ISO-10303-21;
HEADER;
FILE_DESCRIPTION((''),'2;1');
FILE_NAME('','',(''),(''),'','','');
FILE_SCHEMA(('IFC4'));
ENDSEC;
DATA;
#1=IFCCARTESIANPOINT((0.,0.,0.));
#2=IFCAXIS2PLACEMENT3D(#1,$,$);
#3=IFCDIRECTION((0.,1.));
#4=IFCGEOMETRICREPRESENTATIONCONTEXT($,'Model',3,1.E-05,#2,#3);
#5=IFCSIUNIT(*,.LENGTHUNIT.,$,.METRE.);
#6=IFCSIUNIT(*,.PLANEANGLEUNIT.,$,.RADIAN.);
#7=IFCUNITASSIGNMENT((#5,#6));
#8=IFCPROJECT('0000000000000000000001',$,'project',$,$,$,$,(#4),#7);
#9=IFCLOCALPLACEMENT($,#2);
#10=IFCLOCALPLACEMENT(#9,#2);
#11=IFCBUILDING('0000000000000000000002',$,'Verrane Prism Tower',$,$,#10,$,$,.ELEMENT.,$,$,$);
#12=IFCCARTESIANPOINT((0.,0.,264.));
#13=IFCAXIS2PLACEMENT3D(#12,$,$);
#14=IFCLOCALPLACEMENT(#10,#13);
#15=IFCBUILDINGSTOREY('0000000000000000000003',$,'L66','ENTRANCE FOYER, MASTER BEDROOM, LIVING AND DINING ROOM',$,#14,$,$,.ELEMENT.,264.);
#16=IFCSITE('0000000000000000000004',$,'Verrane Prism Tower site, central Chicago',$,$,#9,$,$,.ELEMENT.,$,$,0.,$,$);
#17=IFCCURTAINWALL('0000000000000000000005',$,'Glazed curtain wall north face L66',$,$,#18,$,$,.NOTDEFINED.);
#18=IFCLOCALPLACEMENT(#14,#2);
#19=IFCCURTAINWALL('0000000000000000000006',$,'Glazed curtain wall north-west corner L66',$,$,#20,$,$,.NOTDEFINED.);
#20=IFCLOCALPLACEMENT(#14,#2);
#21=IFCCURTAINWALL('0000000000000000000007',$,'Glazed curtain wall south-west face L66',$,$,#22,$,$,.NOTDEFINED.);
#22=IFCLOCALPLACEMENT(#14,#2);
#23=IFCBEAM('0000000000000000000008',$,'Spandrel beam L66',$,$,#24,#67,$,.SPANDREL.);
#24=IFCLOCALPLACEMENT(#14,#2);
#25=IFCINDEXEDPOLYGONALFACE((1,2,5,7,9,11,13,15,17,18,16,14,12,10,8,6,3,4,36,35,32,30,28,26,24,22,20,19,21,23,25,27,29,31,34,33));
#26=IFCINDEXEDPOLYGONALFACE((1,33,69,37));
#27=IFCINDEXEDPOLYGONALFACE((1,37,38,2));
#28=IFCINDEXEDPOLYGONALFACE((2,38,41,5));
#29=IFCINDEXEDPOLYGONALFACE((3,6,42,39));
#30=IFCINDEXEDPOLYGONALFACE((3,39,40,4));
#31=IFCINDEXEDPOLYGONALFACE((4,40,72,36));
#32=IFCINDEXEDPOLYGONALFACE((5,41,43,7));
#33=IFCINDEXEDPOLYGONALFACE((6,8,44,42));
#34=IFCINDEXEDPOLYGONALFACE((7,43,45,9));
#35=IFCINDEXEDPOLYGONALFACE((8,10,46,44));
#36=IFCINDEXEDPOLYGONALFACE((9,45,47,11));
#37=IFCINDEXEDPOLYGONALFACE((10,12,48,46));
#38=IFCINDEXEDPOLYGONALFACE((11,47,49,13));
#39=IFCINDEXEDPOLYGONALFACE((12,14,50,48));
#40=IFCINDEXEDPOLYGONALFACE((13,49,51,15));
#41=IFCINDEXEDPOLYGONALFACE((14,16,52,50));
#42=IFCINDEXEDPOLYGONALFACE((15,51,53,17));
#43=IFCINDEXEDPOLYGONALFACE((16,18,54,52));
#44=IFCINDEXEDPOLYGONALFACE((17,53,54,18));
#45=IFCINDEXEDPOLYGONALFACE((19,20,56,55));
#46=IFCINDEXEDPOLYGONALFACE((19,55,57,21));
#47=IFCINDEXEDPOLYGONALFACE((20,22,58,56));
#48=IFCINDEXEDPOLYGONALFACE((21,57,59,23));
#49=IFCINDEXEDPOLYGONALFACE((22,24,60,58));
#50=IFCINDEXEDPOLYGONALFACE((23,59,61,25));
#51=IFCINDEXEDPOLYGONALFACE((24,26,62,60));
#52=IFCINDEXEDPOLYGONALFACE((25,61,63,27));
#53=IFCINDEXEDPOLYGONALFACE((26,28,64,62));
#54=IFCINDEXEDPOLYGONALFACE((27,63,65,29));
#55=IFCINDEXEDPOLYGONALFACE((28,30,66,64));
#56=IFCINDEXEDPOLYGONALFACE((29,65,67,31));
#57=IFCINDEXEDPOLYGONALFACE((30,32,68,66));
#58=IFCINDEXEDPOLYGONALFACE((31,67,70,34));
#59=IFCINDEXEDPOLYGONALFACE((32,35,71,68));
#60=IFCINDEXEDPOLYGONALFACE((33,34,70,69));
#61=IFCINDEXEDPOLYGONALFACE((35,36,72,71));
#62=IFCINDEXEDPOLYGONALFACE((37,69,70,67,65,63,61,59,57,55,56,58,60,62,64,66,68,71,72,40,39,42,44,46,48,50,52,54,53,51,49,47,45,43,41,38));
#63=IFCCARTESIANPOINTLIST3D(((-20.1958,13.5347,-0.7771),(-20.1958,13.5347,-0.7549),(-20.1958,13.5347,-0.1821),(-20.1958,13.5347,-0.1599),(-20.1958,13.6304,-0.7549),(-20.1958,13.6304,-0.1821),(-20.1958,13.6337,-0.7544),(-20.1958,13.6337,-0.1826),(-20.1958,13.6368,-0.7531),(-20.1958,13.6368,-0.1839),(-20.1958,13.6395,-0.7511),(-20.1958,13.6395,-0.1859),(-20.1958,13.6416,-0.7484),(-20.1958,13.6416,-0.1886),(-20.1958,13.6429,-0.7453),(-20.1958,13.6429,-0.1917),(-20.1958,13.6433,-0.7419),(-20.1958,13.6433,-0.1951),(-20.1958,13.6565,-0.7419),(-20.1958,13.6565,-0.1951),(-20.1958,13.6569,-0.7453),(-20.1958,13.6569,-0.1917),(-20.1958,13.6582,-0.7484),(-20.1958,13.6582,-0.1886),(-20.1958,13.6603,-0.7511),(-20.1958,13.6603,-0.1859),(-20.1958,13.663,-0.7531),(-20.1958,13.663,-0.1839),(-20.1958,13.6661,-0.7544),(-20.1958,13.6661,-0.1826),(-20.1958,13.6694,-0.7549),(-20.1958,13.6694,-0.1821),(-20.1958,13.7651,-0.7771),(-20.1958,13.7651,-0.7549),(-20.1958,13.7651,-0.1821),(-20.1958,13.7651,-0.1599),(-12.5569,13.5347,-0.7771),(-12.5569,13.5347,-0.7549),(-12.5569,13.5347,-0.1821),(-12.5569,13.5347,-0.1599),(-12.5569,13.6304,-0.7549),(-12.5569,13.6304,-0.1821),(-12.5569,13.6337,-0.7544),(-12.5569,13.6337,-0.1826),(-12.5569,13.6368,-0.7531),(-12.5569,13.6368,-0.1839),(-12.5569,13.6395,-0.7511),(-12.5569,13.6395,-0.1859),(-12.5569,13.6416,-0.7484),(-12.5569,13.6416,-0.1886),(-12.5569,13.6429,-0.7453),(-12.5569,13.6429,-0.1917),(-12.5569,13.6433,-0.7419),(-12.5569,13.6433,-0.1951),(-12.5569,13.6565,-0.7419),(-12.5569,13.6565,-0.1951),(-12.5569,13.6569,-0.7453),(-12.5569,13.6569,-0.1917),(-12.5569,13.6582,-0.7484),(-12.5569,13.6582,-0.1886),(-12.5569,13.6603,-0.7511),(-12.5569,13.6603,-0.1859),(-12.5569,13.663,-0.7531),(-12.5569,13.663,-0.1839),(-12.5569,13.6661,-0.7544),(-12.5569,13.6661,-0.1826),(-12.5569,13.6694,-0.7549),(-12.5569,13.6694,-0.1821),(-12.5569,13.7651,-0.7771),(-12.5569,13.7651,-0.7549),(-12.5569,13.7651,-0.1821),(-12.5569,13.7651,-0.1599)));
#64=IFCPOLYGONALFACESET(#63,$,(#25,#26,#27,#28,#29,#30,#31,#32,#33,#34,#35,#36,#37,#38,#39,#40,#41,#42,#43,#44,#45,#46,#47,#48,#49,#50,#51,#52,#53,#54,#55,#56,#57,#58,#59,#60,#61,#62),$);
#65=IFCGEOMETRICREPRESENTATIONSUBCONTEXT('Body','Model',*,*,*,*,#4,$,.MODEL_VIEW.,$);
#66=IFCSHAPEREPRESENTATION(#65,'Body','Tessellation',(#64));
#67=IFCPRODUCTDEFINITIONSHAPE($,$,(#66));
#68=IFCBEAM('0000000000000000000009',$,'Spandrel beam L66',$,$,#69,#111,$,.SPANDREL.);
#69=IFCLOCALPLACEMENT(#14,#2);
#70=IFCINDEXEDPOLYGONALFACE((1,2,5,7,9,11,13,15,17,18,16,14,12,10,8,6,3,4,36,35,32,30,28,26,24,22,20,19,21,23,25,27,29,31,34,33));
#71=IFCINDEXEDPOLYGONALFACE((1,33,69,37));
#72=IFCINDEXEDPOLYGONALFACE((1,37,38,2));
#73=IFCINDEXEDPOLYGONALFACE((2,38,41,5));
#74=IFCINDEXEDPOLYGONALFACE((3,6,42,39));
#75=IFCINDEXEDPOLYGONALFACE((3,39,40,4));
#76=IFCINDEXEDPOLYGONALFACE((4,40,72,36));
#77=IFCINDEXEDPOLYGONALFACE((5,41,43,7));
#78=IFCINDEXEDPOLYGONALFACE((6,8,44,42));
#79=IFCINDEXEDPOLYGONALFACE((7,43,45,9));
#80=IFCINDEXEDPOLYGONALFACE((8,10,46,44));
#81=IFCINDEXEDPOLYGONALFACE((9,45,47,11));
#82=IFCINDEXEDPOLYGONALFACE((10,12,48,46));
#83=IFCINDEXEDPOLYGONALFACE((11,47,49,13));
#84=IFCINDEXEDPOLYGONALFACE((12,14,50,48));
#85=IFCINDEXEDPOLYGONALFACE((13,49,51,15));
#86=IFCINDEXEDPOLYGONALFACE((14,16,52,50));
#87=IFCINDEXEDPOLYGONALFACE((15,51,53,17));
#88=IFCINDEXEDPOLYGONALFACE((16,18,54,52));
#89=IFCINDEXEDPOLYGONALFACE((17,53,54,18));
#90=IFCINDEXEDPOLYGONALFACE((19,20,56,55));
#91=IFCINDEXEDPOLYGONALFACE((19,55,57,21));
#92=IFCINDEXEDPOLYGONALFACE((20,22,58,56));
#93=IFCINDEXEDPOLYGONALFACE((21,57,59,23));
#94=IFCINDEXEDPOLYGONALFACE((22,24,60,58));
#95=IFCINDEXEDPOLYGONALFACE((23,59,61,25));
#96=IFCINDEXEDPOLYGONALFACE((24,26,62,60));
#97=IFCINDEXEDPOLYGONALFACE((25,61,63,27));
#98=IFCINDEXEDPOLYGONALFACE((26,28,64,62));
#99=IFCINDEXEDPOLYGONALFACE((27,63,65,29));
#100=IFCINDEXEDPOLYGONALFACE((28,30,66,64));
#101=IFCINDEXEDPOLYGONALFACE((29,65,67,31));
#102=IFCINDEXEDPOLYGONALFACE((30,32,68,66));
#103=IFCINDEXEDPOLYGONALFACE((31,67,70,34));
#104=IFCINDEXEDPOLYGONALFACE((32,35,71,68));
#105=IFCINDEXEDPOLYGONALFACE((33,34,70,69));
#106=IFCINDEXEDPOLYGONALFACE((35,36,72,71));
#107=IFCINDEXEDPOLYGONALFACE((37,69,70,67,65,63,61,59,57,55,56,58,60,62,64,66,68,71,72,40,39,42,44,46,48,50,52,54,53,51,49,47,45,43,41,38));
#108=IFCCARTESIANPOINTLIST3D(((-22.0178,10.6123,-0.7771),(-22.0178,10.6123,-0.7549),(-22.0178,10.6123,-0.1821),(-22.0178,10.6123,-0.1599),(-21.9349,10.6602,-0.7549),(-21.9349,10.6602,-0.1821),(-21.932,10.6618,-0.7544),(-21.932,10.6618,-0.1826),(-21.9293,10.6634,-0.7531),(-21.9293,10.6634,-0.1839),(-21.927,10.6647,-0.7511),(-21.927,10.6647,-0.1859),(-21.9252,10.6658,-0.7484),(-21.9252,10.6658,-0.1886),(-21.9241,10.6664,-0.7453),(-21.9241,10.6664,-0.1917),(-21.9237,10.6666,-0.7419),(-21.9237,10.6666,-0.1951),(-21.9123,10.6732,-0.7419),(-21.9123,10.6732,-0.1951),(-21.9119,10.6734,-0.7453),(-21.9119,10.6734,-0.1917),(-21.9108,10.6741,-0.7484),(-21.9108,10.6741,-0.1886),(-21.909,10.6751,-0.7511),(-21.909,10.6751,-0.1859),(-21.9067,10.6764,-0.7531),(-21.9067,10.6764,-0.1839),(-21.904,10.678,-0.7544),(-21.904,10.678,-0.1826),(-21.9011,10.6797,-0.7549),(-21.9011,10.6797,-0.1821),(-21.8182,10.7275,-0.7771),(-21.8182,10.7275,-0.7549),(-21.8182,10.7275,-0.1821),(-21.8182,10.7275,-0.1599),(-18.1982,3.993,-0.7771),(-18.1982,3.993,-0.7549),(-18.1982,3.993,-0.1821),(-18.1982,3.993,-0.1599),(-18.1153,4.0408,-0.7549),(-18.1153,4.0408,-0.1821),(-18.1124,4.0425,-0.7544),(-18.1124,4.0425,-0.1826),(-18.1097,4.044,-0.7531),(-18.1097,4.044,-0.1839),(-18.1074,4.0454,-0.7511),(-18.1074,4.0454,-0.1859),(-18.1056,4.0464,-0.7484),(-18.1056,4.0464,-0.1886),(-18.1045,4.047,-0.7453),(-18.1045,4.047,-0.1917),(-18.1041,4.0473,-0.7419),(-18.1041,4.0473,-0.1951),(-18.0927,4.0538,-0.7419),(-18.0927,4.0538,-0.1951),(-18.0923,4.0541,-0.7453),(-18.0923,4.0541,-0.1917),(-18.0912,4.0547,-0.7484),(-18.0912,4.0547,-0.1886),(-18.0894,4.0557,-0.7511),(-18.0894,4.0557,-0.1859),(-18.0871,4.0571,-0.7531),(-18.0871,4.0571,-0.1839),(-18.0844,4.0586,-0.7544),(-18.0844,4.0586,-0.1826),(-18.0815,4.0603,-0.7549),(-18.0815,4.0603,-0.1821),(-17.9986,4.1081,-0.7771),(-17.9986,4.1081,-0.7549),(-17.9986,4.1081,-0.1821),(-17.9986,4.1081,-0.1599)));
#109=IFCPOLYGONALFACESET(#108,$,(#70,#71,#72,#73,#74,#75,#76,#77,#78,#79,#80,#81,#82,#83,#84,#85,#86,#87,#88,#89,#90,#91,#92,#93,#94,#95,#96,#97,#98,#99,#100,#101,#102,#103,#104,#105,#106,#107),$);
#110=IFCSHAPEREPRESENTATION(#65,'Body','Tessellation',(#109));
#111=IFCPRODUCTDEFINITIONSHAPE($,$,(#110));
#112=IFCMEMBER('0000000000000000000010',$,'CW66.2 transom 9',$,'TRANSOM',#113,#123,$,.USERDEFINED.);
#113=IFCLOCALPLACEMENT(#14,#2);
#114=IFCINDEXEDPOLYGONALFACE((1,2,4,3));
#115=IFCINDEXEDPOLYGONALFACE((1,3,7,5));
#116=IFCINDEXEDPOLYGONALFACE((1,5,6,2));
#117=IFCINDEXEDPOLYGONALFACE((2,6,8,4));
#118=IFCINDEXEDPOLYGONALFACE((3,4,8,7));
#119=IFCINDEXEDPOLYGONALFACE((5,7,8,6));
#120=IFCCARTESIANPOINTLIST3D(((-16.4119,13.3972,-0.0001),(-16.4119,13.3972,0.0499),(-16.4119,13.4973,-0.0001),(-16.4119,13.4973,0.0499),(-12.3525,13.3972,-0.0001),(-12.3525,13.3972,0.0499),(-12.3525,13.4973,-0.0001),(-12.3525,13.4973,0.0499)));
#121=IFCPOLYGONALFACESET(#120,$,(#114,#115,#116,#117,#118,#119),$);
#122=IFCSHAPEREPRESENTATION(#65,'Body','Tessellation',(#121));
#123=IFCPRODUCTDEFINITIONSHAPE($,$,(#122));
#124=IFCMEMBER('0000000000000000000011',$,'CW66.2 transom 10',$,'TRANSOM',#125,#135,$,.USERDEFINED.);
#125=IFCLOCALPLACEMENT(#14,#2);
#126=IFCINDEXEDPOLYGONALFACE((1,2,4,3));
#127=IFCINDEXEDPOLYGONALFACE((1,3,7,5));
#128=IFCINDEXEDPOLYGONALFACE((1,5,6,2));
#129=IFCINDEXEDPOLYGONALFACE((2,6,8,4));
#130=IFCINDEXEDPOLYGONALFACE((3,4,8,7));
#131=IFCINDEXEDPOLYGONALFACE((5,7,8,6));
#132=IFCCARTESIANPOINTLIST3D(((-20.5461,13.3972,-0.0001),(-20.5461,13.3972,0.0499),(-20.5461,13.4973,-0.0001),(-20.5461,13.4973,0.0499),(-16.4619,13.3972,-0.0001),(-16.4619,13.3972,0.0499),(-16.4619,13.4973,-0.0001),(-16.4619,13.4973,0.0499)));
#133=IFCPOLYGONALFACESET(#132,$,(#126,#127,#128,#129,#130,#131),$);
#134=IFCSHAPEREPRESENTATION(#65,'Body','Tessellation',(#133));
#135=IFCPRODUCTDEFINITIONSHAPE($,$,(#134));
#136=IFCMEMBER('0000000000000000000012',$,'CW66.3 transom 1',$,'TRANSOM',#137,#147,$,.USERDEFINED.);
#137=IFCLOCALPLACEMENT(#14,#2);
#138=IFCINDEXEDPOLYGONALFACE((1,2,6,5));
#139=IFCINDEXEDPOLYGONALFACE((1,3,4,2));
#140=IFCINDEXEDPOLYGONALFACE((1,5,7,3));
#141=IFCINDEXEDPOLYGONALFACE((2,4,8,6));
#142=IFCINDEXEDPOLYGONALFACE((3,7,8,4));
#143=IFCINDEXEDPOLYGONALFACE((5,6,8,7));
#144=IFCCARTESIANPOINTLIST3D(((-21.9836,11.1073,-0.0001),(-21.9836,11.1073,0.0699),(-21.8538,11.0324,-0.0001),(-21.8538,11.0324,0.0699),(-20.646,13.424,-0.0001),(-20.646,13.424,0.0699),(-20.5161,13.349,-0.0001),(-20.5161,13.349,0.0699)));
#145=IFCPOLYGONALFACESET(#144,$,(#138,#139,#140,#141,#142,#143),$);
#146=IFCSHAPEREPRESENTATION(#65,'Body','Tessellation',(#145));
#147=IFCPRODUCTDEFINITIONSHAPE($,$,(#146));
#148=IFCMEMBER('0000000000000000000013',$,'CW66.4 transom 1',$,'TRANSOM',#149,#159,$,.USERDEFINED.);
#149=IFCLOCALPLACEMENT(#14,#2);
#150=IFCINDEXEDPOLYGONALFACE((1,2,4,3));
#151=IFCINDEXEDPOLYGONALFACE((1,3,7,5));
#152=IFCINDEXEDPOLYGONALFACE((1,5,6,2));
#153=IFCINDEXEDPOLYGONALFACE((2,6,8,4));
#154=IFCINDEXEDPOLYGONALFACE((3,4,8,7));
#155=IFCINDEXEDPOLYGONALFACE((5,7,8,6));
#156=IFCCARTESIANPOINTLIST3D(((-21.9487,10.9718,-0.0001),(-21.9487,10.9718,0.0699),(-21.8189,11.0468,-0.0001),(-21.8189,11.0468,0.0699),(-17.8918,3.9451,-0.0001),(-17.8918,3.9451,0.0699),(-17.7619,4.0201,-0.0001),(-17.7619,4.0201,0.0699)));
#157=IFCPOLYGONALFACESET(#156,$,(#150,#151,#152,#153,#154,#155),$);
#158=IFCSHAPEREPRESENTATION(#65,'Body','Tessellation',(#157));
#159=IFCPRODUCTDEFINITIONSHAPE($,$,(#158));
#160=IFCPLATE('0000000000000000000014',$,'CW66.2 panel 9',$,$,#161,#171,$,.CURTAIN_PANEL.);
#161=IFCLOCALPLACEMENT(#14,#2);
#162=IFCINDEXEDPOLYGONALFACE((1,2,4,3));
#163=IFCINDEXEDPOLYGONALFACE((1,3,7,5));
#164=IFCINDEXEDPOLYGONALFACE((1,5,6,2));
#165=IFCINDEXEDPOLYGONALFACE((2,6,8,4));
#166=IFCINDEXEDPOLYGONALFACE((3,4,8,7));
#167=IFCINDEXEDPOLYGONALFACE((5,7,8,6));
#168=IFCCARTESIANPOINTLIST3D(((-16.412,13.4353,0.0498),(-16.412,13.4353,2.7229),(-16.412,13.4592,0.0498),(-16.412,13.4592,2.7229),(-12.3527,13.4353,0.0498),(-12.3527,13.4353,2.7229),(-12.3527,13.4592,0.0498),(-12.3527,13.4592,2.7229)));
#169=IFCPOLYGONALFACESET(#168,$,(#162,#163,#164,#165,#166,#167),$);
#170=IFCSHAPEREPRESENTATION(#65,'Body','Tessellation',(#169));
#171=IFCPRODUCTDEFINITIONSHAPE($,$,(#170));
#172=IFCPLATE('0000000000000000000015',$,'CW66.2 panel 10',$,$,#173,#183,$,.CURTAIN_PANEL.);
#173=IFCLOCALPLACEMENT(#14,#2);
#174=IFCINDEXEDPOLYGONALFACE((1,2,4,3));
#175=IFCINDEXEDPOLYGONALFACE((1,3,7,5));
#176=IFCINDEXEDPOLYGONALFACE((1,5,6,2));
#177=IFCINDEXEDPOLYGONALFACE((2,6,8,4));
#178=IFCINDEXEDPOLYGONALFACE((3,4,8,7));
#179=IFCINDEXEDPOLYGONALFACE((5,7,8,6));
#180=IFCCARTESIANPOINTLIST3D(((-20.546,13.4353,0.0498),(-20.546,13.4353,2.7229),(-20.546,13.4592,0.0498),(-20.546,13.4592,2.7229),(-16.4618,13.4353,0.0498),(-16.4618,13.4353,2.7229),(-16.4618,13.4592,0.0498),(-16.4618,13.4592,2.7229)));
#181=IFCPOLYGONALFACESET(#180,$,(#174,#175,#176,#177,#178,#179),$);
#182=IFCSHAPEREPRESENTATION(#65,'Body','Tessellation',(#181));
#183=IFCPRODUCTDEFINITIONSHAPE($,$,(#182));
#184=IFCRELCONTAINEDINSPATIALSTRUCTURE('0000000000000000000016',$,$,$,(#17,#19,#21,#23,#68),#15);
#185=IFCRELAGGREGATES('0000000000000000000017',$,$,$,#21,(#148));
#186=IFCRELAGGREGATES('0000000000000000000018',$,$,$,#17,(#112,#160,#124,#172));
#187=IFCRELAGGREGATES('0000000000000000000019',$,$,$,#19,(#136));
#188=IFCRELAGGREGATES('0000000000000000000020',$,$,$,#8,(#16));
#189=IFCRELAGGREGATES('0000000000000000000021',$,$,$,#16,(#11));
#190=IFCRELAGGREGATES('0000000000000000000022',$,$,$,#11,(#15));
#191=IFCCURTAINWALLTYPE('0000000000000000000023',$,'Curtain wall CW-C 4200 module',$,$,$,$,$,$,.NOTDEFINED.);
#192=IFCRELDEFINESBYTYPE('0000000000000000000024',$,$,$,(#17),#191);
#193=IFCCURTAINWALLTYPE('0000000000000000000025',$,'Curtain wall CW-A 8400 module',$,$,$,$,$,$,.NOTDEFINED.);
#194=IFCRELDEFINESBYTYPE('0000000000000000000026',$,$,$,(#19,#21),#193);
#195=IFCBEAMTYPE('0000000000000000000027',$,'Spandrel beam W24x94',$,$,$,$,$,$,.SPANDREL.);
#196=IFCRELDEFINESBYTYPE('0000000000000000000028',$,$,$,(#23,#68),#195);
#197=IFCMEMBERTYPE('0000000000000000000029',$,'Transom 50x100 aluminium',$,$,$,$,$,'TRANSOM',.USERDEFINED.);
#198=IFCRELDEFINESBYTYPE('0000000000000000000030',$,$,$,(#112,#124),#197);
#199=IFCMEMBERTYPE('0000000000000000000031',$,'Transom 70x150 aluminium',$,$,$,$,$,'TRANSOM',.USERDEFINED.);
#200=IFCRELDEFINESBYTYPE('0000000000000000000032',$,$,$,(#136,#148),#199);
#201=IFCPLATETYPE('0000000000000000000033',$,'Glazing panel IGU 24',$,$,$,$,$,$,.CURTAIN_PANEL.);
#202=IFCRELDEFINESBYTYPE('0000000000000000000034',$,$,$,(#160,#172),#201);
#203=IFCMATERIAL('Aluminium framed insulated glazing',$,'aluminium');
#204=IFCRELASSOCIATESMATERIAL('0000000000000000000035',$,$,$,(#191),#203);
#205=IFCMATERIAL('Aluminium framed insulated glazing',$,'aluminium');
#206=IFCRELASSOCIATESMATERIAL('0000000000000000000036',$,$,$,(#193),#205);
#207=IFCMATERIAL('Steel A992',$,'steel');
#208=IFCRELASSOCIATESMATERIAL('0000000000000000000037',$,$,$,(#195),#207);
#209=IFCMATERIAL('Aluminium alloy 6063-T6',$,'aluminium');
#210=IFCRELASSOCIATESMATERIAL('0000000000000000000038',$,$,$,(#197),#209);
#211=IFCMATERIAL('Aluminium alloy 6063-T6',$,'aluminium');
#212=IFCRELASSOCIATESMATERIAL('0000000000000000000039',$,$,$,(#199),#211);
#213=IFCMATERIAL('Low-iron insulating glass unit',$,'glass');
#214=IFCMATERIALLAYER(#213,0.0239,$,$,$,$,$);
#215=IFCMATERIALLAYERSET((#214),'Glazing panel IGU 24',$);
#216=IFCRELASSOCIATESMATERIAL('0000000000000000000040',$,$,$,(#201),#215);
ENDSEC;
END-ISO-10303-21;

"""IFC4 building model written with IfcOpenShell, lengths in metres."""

from ifc_helpers import new_model, si_unit, direction, frame, origin, origin_2d, place, context, subcontext, project, spatial, rectangle, i_section, extrude, material, layer, layer_set, material_profile, profile_set, type_object, element, aggregate, save


model = new_model("IFC4")

# Units and contexts
model_context = context("Model", 3, precision=1e-05, world=origin(), true_north=direction((0.0, 1.0)))
body_context = subcontext(model_context, "Body", "Model", "MODEL_VIEW")
ifc_project = project(units=[si_unit("LENGTHUNIT", "METRE"), si_unit("PLANEANGLEUNIT", "RADIAN")], contexts=[model_context])

# Site, building, storey
site_placement = place(None, origin())
site = spatial("IfcSite", under=ifc_project, at=site_placement, Name="Verrane Prism Tower site, central Chicago", CompositionType="ELEMENT", RefElevation=0.0)
building_placement = place(site_placement, origin())
building = spatial("IfcBuilding", under=site, at=building_placement, Name="Verrane Prism Tower", CompositionType="ELEMENT")
storey_placement = place(building_placement, frame((0.0, 0.0, 264.0)))
storey = spatial("IfcBuildingStorey", under=building, at=storey_placement, Name="L66", Description="ENTRANCE FOYER, MASTER BEDROOM, LIVING AND DINING ROOM", CompositionType="ELEMENT", Elevation=264.0)

# Curtain wall
ifc_material_1 = material(Name="Aluminium framed insulated glazing", Category="aluminium")
curtain_wall_type_1 = type_object("IfcCurtainWallType", Name="Curtain wall CW-C 4200 module", PredefinedType="NOTDEFINED", material=ifc_material_1)
curtain_wall_1_placement = place(storey_placement, origin())
curtain_wall_1 = element("IfcCurtainWall", 1, at=curtain_wall_1_placement, inside=storey, type_object=curtain_wall_type_1, Name="Glazed curtain wall north face L66", PredefinedType="NOTDEFINED")

# Curtain walls
ifc_material_2 = material(Name="Aluminium framed insulated glazing", Category="aluminium")
curtain_wall_type_2 = type_object("IfcCurtainWallType", Name="Curtain wall CW-A 8400 module", PredefinedType="NOTDEFINED", material=ifc_material_2)
curtain_wall_2_placement = place(storey_placement, origin())
curtain_wall_2 = element("IfcCurtainWall", 2, at=curtain_wall_2_placement, inside=storey, type_object=curtain_wall_type_2, Name="Glazed curtain wall north-west corner L66", PredefinedType="NOTDEFINED")
curtain_wall_3_placement = place(storey_placement, origin())
curtain_wall_3 = element("IfcCurtainWall", 3, at=curtain_wall_3_placement, inside=storey, type_object=curtain_wall_type_2, Name="Glazed curtain wall south-west face L66", PredefinedType="NOTDEFINED")

# Beams
ifc_material_3 = material(Name="Steel A992", Category="steel")
ifc_material_profile_1 = material_profile(ifc_material_3, i_section(OverallWidth=0.2305, OverallDepth=0.6172, WebThickness=0.0132, FlangeThickness=0.0222, FilletRadius=0.0129, at=origin_2d()), Name="W24x94")
ifc_profile_set_1 = profile_set([ifc_material_profile_1], Name="Steel A992")
beam_type_1 = type_object("IfcBeamType", Name="Spandrel beam W24x94", PredefinedType="SPANDREL", material=ifc_profile_set_1)
beam_1_placement = place(storey_placement, frame((-12.5569, 13.6499, -0.4685), z_axis=(-1.0, 0.0, 0.0), x_axis=(0.0, -1.0, 0.0)))
element("IfcBeam", 4, at=beam_1_placement, inside=storey, type_object=beam_type_1, Name="Spandrel beam L66", PredefinedType="SPANDREL", context=body_context, shape_type="SweptSolid", body=[
    extrude(i_section(OverallWidth=0.2305, OverallDepth=0.6172, WebThickness=0.0132, FlangeThickness=0.0222, FilletRadius=0.0129, at=origin_2d()), origin(), (0.0, 0.0, 1.0), 7.6389),
])
beam_2_placement = place(storey_placement, frame((-21.918, 10.6699, -0.4685), z_axis=(0.499792, -0.866146, 0.0), x_axis=(0.866146, 0.499792, 0.0)))
element("IfcBeam", 5, at=beam_2_placement, inside=storey, type_object=beam_type_1, Name="Spandrel beam L66", PredefinedType="SPANDREL", context=body_context, shape_type="SweptSolid", body=[
    extrude(i_section(OverallWidth=0.2305, OverallDepth=0.6172, WebThickness=0.0132, FlangeThickness=0.0222, FilletRadius=0.0129, at=origin_2d()), origin(), (0.0, 0.0, 1.0), 7.6423),
])

# Members
ifc_material_4 = material(Name="Aluminium alloy 6063-T6", Category="aluminium")
ifc_material_profile_2 = material_profile(ifc_material_4, rectangle(XDim=0.1001, YDim=0.05, at=origin_2d()), Name="Transom 50x100 aluminium")
ifc_profile_set_2 = profile_set([ifc_material_profile_2], Name="Aluminium alloy 6063-T6")
member_type_1 = type_object("IfcMemberType", Name="Transom 50x100 aluminium", ElementType="TRANSOM", PredefinedType="USERDEFINED", material=ifc_profile_set_2)
member_1_placement = place(storey_placement, frame((-12.3525, 13.4473, 0.0249), z_axis=(-1.0, 0.0, 0.0), x_axis=(0.0, -1.0, 0.0)))
member_1 = element("IfcMember", 6, at=member_1_placement, type_object=member_type_1, Name="CW66.2 transom 9", ObjectType="TRANSOM", PredefinedType="USERDEFINED", context=body_context, shape_type="SweptSolid", body=[
    extrude(rectangle(XDim=0.1001, YDim=0.05, at=origin_2d()), origin(), (0.0, 0.0, 1.0), 4.0593),
])
member_2_placement = place(storey_placement, frame((-16.4619, 13.4473, 0.0249), z_axis=(-1.0, 0.0, 0.0), x_axis=(0.0, -1.0, 0.0)))
member_2 = element("IfcMember", 7, at=member_2_placement, type_object=member_type_1, Name="CW66.2 transom 10", ObjectType="TRANSOM", PredefinedType="USERDEFINED", context=body_context, shape_type="SweptSolid", body=[
    extrude(rectangle(XDim=0.1001, YDim=0.05, at=origin_2d()), origin(), (0.0, 0.0, 1.0), 4.0842),
])
ifc_material_5 = material(Name="Aluminium alloy 6063-T6", Category="aluminium")
ifc_material_profile_3 = material_profile(ifc_material_5, rectangle(XDim=0.1499, YDim=0.0701, at=origin_2d()), Name="Transom 70x150 aluminium")
ifc_profile_set_3 = profile_set([ifc_material_profile_3], Name="Aluminium alloy 6063-T6")
member_type_2 = type_object("IfcMemberType", Name="Transom 70x150 aluminium", ElementType="TRANSOM", PredefinedType="USERDEFINED", material=ifc_profile_set_3)
member_3_placement = place(storey_placement, frame((-20.5811, 13.3865, 0.0349), z_axis=(-0.500036, -0.866005, 0.0), x_axis=(0.866005, -0.500036, 0.0)))
member_3 = element("IfcMember", 8, at=member_3_placement, type_object=member_type_2, Name="CW66.3 transom 1", ObjectType="TRANSOM", PredefinedType="USERDEFINED", context=body_context, shape_type="SweptSolid", body=[
    extrude(rectangle(XDim=0.1499, YDim=0.0701, at=origin_2d()), origin(), (0.0, 0.0, 1.0), 2.675),
])
member_4_placement = place(storey_placement, frame((-21.8838, 11.0093, 0.0349), z_axis=(0.500006, -0.866022, 0.0), x_axis=(0.866022, 0.500006, 0.0)))
member_4 = element("IfcMember", 9, at=member_4_placement, type_object=member_type_2, Name="CW66.4 transom 1", ObjectType="TRANSOM", PredefinedType="USERDEFINED", context=body_context, shape_type="SweptSolid", body=[
    extrude(rectangle(XDim=0.1499, YDim=0.0701, at=origin_2d()), origin(), (0.0, 0.0, 1.0), 8.1138),
])
aggregate(curtain_wall_3, [member_4])

# Plates
ifc_material_6 = material(Name="Low-iron insulating glass unit", Category="glass")
ifc_layer_1 = layer(ifc_material_6, 0.0239)
ifc_layer_set_1 = layer_set([ifc_layer_1], Name="Glazing panel IGU 24")
plate_type_1 = type_object("IfcPlateType", Name="Glazing panel IGU 24", PredefinedType="CURTAIN_PANEL", material=ifc_layer_set_1)
plate_1_placement = place(storey_placement, frame((-14.3823, 13.4473, 0.0498), z_axis=(0.0, 0.0, 1.0), x_axis=(-1.0, 0.0, 0.0)))
plate_1 = element("IfcPlate", 10, at=plate_1_placement, type_object=plate_type_1, Name="CW66.2 panel 9", PredefinedType="CURTAIN_PANEL", context=body_context, shape_type="SweptSolid", body=[
    extrude(rectangle(XDim=4.0593, YDim=0.0239, at=origin_2d()), origin(), (0.0, 0.0, 1.0), 2.6731),
])
plate_2_placement = place(storey_placement, frame((-18.5039, 13.4473, 0.0498), z_axis=(0.0, 0.0, 1.0), x_axis=(-1.0, 0.0, 0.0)))
plate_2 = element("IfcPlate", 11, at=plate_2_placement, type_object=plate_type_1, Name="CW66.2 panel 10", PredefinedType="CURTAIN_PANEL", context=body_context, shape_type="SweptSolid", body=[
    extrude(rectangle(XDim=4.0842, YDim=0.0239, at=origin_2d()), origin(), (0.0, 0.0, 1.0), 2.6731),
])
aggregate(curtain_wall_1, [member_1, plate_1, member_2, plate_2])
aggregate(curtain_wall_2, [member_3])

save(model, "model.ifc")
